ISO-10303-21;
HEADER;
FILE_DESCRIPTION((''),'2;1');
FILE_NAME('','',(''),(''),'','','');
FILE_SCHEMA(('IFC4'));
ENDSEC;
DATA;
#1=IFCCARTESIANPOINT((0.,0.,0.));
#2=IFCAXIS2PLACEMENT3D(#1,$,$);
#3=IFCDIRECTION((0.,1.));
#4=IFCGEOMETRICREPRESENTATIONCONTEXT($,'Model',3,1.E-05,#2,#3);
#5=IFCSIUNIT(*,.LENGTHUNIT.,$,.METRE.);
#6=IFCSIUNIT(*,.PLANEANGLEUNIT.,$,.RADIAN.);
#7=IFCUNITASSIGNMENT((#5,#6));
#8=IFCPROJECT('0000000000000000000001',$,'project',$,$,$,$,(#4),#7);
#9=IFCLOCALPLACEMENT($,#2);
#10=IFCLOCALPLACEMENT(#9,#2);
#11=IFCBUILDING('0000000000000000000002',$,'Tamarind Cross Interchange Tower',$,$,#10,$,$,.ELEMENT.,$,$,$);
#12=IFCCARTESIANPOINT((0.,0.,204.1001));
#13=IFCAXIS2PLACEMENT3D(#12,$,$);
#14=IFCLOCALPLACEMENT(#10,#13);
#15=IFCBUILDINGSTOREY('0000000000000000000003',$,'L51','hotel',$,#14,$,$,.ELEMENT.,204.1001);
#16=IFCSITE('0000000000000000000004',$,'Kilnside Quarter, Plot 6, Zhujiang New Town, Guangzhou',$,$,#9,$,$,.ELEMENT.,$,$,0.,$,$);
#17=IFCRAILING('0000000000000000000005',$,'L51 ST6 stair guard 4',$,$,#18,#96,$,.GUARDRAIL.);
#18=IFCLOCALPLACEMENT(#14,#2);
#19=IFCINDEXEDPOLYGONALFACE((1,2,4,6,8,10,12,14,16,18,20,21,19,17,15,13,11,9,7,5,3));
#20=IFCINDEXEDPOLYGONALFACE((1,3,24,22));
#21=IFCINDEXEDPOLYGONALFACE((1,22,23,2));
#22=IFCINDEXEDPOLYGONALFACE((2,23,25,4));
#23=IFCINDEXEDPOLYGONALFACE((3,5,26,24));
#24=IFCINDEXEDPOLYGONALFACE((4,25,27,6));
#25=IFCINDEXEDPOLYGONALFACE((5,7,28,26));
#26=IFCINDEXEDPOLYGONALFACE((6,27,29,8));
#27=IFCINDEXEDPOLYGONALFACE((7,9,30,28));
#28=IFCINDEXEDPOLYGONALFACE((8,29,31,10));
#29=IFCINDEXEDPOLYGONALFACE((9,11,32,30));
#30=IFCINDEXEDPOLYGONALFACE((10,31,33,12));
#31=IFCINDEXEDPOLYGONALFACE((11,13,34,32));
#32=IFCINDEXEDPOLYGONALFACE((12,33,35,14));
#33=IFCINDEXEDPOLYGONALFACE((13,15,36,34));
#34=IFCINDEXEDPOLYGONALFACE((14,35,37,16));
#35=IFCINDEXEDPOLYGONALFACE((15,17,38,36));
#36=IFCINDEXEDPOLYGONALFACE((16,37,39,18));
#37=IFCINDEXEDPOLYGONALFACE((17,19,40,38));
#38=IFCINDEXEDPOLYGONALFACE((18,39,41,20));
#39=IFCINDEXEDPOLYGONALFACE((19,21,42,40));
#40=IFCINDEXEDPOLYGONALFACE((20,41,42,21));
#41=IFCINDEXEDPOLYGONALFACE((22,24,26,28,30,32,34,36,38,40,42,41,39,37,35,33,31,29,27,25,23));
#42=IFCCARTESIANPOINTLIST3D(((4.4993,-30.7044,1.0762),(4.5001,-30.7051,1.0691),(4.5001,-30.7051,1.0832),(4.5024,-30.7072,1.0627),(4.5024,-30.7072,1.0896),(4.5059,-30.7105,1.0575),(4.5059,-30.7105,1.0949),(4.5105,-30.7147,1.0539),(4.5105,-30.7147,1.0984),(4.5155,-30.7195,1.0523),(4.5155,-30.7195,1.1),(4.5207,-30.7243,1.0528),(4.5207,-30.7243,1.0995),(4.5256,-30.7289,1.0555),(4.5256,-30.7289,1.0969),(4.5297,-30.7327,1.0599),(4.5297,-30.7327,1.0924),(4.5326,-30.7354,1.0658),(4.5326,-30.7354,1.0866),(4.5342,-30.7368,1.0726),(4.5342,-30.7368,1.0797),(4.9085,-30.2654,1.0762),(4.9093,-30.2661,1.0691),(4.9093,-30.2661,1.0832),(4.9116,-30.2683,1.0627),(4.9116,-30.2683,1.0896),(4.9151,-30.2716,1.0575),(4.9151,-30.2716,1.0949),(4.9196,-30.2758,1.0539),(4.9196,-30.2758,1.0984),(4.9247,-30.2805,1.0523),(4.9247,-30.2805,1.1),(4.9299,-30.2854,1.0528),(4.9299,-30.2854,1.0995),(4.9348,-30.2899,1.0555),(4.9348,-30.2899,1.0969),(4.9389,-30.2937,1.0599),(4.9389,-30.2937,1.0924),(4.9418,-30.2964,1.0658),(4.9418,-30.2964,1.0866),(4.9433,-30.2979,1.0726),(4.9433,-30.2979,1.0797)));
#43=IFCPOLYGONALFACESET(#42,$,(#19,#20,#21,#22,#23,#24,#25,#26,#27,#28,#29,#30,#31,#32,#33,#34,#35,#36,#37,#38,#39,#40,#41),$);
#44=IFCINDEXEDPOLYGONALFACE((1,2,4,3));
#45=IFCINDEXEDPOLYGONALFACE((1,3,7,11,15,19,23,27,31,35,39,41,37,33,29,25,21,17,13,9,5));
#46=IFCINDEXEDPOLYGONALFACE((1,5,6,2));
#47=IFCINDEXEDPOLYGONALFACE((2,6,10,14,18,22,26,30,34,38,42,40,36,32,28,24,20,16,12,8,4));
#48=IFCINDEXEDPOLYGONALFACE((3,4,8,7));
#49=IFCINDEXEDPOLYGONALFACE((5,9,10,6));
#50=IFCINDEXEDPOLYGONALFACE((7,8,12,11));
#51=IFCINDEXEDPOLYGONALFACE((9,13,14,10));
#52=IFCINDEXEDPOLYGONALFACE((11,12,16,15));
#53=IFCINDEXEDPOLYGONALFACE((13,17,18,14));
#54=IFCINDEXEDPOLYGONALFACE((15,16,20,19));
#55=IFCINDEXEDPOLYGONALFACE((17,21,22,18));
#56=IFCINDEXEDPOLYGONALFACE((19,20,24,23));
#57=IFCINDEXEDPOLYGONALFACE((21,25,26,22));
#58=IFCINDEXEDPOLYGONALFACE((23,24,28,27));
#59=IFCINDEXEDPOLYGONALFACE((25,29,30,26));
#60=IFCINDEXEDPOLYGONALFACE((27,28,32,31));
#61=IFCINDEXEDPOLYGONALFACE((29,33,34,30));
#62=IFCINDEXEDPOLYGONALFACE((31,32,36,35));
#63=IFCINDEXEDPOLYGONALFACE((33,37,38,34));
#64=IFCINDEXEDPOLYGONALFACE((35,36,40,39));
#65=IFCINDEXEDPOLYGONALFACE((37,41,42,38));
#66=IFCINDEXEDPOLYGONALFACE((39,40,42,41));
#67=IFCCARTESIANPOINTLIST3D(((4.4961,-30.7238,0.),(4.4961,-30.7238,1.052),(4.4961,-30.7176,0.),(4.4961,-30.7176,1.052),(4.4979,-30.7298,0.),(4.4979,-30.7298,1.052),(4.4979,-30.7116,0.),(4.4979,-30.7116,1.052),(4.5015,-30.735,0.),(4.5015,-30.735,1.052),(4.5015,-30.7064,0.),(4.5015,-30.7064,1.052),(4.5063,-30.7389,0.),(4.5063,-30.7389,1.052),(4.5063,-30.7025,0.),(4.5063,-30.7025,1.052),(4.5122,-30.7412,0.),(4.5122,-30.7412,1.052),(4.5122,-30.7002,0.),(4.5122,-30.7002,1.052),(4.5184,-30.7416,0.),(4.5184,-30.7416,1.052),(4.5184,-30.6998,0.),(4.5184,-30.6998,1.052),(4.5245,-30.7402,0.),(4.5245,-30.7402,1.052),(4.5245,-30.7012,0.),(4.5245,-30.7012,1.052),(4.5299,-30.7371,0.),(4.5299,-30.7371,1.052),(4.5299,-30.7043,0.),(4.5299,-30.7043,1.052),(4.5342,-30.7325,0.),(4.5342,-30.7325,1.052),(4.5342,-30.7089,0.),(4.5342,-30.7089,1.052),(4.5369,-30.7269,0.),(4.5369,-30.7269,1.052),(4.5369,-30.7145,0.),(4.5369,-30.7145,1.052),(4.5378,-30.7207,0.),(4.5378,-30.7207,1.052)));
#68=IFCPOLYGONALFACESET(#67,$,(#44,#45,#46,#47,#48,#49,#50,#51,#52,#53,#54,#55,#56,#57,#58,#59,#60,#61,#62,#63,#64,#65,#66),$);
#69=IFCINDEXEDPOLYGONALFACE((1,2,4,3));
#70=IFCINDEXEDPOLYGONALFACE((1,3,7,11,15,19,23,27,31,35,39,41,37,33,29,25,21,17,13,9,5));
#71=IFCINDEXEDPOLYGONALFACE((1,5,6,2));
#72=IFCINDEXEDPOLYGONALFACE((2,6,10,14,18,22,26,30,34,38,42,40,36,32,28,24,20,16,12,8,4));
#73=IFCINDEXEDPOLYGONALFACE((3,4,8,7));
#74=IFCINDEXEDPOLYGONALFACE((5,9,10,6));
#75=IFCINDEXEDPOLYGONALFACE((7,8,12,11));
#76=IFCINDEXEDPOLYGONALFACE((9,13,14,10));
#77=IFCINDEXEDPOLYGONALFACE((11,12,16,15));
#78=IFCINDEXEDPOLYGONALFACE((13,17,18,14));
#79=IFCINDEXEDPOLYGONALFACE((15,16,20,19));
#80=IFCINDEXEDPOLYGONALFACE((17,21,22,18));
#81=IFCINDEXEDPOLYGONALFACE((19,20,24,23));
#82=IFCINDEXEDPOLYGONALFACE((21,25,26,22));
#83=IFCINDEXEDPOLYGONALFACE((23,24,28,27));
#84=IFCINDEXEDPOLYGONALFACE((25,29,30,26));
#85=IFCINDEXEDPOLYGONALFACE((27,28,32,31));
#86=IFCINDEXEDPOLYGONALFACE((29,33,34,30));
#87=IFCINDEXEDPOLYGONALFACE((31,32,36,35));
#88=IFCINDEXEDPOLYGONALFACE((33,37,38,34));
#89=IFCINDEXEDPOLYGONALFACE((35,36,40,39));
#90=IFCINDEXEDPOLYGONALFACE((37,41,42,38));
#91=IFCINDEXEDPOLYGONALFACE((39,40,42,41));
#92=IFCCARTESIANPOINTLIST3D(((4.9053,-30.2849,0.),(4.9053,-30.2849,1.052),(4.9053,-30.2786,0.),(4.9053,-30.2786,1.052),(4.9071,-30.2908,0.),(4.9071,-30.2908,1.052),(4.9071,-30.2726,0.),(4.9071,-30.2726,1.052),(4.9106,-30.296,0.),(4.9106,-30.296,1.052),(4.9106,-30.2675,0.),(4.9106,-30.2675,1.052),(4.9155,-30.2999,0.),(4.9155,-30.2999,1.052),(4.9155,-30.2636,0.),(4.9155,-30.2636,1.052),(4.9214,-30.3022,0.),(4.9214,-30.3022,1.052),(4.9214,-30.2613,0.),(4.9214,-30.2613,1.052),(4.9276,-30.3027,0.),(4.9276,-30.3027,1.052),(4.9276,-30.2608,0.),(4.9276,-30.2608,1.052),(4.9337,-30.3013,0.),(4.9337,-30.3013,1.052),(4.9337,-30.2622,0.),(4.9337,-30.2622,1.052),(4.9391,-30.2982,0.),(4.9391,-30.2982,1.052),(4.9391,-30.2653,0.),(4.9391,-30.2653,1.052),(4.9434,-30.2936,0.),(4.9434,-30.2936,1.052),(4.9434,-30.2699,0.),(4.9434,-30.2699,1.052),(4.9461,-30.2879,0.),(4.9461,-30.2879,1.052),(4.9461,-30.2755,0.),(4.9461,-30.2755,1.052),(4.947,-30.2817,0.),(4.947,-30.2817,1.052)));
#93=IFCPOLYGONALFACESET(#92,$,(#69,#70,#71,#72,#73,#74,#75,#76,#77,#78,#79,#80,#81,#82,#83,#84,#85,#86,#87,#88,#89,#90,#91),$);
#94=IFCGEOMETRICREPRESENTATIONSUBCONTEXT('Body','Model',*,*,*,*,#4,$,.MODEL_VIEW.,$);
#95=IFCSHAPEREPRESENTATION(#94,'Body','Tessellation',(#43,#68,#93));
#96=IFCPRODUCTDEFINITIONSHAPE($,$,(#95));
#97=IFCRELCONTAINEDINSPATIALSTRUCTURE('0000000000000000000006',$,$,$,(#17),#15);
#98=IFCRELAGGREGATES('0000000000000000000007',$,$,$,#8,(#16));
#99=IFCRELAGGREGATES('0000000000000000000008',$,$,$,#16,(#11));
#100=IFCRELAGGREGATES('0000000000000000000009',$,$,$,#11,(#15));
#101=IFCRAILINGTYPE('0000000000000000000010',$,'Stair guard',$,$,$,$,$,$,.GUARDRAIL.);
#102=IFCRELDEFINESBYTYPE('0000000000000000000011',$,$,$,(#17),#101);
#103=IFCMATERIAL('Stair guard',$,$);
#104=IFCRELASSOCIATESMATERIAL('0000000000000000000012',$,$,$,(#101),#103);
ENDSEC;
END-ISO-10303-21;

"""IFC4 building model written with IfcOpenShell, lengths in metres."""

from ifc_helpers import new_model, si_unit, direction, frame, origin, origin_2d, place, context, subcontext, project, spatial, circle, extrude, material, type_object, element, save


model = new_model("IFC4")

# Units and contexts
model_context = context("Model", 3, precision=1e-05, world=origin(), true_north=direction((0.0, 1.0)))
body_context = subcontext(model_context, "Body", "Model", "MODEL_VIEW")
ifc_project = project(units=[si_unit("LENGTHUNIT", "METRE"), si_unit("PLANEANGLEUNIT", "RADIAN")], contexts=[model_context])

# Site, building, storey
site_placement = place(None, origin())
site = spatial("IfcSite", under=ifc_project, at=site_placement, Name="Kilnside Quarter, Plot 6, Zhujiang New Town, Guangzhou", CompositionType="ELEMENT", RefElevation=0.0)
building_placement = place(site_placement, origin())
building = spatial("IfcBuilding", under=site, at=building_placement, Name="Tamarind Cross Interchange Tower", CompositionType="ELEMENT")
storey_placement = place(building_placement, frame((0.0, 0.0, 204.1001)))
storey = spatial("IfcBuildingStorey", under=building, at=storey_placement, Name="L51", Description="hotel", CompositionType="ELEMENT", Elevation=204.1001)

# Railing
ifc_material_1 = material(Name="Stair guard")
railing_type = type_object("IfcRailingType", Name="Stair guard", PredefinedType="GUARDRAIL", material=ifc_material_1)
railing_1_placement = place(storey_placement, frame((4.5168, -30.7207, 0.0)))
element("IfcRailing", 1, at=railing_1_placement, inside=storey, type_object=railing_type, Name="L51 ST6 stair guard 4", PredefinedType="GUARDRAIL", context=body_context, shape_type="SweptSolid", body=[
    extrude(circle(Radius=0.0239, at=origin_2d()), frame((0.0, 0.0, 1.0762), z_axis=(0.681854, 0.731488, 0.0), x_axis=(-0.731488, 0.681854, 0.0)), (0.0, 0.0, 1.0), 0.6001),
    extrude(circle(Radius=0.021, at=origin_2d()), origin(), (0.0, 0.0, 1.0), 1.052),
    extrude(circle(Radius=0.021, at=origin_2d()), frame((0.4092, 0.439, 0.0)), (0.0, 0.0, 1.0), 1.052),
])

save(model, "model.ifc")
